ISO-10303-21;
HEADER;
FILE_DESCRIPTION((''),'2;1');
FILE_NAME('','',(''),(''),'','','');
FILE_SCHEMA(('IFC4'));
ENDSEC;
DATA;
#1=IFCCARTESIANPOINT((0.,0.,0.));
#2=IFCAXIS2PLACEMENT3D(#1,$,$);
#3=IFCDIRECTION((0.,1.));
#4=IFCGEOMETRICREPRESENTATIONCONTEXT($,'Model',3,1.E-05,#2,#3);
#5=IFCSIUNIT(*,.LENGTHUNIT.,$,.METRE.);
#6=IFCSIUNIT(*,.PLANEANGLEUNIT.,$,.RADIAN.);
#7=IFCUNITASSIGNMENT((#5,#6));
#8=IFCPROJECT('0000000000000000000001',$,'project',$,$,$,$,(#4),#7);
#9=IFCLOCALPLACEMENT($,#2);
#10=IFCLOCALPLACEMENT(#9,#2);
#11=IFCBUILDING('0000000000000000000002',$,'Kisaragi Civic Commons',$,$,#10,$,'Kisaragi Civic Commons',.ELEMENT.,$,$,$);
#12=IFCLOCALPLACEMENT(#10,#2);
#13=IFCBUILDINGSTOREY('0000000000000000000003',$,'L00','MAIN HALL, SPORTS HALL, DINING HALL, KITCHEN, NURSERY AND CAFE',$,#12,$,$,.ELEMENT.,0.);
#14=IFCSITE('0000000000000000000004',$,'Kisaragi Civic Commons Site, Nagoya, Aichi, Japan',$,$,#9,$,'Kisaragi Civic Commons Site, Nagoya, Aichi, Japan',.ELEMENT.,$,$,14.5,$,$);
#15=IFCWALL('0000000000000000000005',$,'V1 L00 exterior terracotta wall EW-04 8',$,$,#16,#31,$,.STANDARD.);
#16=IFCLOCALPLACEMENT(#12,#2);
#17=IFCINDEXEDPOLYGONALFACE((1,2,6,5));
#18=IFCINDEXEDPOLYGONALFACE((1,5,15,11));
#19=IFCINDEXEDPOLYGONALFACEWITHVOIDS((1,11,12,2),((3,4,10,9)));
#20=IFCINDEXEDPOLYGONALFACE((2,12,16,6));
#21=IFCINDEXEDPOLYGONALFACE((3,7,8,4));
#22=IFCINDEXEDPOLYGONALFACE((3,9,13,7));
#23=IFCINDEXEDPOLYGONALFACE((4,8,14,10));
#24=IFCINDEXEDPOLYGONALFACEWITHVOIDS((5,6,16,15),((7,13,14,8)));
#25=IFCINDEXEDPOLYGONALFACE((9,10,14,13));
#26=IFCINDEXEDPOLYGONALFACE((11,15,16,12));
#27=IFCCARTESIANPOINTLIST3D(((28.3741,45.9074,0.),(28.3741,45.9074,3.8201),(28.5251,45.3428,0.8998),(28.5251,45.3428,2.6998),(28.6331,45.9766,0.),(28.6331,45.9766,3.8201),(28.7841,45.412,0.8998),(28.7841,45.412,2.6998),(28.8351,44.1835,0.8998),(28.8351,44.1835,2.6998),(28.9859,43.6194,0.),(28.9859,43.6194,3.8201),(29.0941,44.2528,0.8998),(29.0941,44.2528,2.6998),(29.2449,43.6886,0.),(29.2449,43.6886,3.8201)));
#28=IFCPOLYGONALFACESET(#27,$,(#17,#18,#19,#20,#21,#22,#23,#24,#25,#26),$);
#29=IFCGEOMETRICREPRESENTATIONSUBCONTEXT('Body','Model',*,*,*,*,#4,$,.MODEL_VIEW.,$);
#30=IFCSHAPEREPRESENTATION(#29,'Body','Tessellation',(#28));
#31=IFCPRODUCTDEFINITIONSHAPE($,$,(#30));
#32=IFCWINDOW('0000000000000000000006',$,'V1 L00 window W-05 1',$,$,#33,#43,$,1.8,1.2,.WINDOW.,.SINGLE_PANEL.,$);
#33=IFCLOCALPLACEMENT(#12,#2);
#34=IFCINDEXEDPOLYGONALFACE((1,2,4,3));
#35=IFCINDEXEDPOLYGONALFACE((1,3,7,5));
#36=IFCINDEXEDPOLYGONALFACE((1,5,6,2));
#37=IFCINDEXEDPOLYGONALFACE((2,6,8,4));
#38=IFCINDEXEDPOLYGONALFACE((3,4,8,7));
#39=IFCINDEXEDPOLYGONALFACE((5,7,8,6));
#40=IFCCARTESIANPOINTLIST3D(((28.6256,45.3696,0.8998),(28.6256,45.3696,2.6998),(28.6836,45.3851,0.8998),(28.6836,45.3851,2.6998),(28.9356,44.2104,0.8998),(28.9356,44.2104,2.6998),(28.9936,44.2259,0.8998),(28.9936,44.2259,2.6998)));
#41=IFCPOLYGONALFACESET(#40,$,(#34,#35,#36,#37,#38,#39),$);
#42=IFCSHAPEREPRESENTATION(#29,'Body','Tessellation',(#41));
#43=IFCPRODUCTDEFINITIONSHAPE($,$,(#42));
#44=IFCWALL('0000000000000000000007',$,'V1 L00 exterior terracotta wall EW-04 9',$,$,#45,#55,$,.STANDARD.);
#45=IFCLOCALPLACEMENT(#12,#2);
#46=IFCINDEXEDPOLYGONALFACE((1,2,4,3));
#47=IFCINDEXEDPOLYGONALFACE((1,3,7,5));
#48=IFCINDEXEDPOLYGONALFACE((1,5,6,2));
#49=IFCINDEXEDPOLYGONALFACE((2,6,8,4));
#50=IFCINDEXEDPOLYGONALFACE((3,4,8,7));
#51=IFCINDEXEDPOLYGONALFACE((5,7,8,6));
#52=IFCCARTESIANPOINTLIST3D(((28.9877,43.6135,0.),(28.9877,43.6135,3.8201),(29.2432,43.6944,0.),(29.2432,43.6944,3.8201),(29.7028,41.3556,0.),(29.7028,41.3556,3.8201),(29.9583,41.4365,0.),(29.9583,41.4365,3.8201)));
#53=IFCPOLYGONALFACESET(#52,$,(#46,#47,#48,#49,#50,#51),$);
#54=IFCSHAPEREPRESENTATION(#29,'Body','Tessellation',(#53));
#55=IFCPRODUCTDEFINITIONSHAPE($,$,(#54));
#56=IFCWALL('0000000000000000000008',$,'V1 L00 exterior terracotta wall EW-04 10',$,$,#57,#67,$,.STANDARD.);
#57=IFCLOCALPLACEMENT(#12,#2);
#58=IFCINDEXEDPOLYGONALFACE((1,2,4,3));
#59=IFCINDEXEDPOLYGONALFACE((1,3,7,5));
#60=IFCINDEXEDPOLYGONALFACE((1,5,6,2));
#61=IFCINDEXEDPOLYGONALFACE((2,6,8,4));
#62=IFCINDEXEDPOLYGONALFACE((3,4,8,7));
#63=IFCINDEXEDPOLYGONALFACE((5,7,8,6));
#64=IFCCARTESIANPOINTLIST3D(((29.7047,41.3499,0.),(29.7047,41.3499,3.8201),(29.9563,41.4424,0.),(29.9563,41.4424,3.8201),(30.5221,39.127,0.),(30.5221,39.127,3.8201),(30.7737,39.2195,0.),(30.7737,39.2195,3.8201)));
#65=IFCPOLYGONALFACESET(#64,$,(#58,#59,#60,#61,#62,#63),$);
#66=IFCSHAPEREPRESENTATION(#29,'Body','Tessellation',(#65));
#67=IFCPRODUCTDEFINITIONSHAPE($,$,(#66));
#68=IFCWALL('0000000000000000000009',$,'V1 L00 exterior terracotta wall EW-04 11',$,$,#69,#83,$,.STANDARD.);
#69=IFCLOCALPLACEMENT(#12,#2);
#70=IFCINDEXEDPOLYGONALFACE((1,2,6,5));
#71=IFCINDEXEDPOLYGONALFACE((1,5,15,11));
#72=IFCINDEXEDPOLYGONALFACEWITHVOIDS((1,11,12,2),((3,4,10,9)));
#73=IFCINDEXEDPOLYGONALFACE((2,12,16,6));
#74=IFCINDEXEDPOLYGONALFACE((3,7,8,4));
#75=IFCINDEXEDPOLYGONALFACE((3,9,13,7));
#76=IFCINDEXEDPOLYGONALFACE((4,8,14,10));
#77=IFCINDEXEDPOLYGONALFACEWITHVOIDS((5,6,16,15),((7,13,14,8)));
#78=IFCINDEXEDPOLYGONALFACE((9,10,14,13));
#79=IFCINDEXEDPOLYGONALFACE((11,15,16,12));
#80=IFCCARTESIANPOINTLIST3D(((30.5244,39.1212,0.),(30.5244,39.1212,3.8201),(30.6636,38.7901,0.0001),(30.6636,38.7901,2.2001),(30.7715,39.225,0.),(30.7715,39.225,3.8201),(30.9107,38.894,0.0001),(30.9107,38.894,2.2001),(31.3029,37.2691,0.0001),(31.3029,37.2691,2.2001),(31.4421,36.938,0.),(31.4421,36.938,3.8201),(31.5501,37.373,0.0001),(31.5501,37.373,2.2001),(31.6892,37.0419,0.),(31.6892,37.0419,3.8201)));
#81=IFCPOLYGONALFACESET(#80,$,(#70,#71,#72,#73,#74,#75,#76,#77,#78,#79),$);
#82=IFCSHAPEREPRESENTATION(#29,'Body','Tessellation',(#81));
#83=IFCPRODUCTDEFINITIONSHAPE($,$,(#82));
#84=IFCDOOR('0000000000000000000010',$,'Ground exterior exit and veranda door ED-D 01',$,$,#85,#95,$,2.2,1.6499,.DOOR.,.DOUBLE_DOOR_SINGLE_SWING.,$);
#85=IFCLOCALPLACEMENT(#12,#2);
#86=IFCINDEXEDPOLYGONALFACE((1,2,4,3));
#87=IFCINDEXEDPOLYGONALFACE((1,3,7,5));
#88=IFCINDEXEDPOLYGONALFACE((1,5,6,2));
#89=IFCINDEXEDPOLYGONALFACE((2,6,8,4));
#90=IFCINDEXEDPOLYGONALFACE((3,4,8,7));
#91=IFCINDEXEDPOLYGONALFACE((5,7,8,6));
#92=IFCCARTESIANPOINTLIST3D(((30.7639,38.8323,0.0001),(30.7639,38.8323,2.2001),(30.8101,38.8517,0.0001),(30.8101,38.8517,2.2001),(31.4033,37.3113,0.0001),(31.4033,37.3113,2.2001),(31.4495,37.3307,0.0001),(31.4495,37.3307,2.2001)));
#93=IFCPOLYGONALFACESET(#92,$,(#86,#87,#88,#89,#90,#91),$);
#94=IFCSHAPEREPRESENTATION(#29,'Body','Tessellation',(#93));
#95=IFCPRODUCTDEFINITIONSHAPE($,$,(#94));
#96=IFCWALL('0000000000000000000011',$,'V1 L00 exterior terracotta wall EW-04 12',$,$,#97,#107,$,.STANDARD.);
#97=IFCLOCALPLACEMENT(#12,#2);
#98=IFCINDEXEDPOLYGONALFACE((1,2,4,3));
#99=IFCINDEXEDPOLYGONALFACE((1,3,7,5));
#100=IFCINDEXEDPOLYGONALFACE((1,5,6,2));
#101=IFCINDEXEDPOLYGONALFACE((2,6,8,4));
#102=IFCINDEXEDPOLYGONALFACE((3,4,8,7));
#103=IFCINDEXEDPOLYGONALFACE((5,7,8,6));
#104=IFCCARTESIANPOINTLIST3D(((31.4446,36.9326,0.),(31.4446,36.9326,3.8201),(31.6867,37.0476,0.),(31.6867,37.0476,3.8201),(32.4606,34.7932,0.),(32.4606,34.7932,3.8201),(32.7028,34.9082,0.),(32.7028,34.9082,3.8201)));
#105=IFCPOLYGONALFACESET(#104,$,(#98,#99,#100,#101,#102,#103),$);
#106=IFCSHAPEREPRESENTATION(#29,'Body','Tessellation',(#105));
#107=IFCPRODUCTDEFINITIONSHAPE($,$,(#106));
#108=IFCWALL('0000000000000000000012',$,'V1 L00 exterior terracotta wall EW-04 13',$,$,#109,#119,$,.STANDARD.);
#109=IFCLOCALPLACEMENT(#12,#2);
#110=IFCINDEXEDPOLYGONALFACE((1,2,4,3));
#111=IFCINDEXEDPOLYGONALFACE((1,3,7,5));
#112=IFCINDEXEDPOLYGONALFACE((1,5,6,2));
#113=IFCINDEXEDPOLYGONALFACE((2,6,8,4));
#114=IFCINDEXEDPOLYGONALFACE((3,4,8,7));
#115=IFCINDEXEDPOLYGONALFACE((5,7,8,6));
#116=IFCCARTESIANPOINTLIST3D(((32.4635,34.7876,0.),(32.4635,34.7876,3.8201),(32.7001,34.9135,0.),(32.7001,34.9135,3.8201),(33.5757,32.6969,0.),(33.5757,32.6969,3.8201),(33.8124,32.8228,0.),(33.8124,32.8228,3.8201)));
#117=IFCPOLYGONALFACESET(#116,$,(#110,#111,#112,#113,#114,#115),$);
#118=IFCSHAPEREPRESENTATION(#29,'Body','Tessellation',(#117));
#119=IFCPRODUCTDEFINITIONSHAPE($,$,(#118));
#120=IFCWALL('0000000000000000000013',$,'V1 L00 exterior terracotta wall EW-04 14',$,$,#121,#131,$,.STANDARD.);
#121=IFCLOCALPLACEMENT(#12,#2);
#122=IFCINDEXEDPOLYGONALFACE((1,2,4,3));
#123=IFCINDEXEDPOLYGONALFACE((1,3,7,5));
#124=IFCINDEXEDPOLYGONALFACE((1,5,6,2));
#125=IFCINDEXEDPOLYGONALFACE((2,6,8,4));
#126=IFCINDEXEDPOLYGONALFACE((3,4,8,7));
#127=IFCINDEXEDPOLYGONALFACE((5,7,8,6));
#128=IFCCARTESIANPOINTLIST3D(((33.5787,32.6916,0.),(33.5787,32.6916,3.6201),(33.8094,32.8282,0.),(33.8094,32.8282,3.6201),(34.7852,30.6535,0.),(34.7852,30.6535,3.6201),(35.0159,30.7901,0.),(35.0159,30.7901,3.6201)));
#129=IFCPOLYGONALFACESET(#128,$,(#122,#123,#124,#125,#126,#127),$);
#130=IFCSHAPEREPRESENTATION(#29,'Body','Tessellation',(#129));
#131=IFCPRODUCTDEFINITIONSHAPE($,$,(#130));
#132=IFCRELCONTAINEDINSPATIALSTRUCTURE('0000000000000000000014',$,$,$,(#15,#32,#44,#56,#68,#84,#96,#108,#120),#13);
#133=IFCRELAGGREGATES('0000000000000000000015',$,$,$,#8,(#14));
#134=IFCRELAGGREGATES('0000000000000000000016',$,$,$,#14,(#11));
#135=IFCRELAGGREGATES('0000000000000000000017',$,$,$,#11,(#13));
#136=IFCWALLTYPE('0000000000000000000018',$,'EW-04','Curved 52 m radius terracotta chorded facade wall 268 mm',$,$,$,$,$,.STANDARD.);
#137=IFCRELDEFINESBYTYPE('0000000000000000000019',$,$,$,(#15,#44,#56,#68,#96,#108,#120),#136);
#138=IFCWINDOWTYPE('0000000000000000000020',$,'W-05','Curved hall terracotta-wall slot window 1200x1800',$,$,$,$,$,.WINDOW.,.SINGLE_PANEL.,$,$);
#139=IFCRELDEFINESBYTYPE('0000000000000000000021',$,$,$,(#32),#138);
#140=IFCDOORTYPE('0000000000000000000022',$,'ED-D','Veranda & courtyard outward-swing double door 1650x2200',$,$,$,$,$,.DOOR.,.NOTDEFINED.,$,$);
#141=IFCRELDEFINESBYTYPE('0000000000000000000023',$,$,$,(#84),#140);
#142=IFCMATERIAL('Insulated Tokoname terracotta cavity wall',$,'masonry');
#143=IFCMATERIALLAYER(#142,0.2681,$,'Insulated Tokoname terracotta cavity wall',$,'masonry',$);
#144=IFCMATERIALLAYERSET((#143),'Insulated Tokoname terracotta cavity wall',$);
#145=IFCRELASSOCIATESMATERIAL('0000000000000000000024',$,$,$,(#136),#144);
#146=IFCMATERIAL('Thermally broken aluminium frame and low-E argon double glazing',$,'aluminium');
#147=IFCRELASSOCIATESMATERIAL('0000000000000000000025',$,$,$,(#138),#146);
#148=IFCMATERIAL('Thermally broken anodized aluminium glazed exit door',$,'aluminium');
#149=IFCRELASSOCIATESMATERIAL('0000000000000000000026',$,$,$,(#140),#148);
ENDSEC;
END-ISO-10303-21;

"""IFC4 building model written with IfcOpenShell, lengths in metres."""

from ifc_helpers import new_model, si_unit, direction, frame, frame_2d, origin, place, context, subcontext, project, spatial, rectangle, extrude, material, layer, layer_set, type_object, element, fill, save


model = new_model("IFC4")

# Units and contexts
model_context = context("Model", 3, precision=1e-05, world=origin(), true_north=direction((0.0, 1.0)))
body_context = subcontext(model_context, "Body", "Model", "MODEL_VIEW")
ifc_project = project(units=[si_unit("LENGTHUNIT", "METRE"), si_unit("PLANEANGLEUNIT", "RADIAN")], contexts=[model_context])

# Site, building, storey
site_placement = place(None, origin())
site = spatial("IfcSite", under=ifc_project, at=site_placement, Name="Kisaragi Civic Commons Site, Nagoya, Aichi, Japan", LongName="Kisaragi Civic Commons Site, Nagoya, Aichi, Japan", CompositionType="ELEMENT", RefElevation=14.5)
building_placement = place(site_placement, origin())
building = spatial("IfcBuilding", under=site, at=building_placement, Name="Kisaragi Civic Commons", LongName="Kisaragi Civic Commons", CompositionType="ELEMENT")
storey_placement = place(building_placement, origin())
storey = spatial("IfcBuildingStorey", under=building, at=storey_placement, Name="L00", Description="MAIN HALL, SPORTS HALL, DINING HALL, KITCHEN, NURSERY AND CAFE", CompositionType="ELEMENT", Elevation=0.0)

# Wall, opening, window
ifc_material_1 = material(Name="Insulated Tokoname terracotta cavity wall", Category="masonry")
ifc_layer_1 = layer(ifc_material_1, 0.2681, Name="Insulated Tokoname terracotta cavity wall", Category="masonry")
ifc_layer_set_1 = layer_set([ifc_layer_1], Name="Insulated Tokoname terracotta cavity wall")
wall_type = type_object("IfcWallType", Name="EW-04", Description="Curved 52 m radius terracotta chorded facade wall 268 mm", PredefinedType="STANDARD", material=ifc_layer_set_1)
wall_1_placement = place(storey_placement, frame((28.5037, 45.9419, 0.0), z_axis=(0.0, 0.0, 1.0), x_axis=(0.258317, -0.96606, 0.0)))
wall_1 = element("IfcWall", 1, at=wall_1_placement, inside=storey, type_object=wall_type, Name="V1 L00 exterior terracotta wall EW-04 8", PredefinedType="STANDARD", context=body_context, shape_type="SweptSolid", body=[
    extrude(rectangle(XDim=2.3684, YDim=0.2681, at=frame_2d((1.1841, 0.0))), origin(), (0.0, 0.0, 1.0), 3.8201),
])
opening_1_placement = place(wall_1_placement, frame((0.5842, 0.0, 0.8999)))
opening_1 = element("IfcOpeningElement", 2, at=opening_1_placement, cuts=wall_1, PredefinedType="OPENING", context=body_context, shape_type="SweptSolid", body=[
    extrude(rectangle(XDim=1.2, YDim=1.8, at=frame_2d((0.6001, 0.8999))), frame((0.0, 0.144, 0.0), z_axis=(0.0, -1.0, 0.0), x_axis=(1.0, 0.0, 0.0)), (0.0, 0.0, 1.0), 0.2881),
])
ifc_material_2 = material(Name="Thermally broken aluminium frame and low-E argon double glazing", Category="aluminium")
window_type = type_object("IfcWindowType", Name="W-05", Description="Curved hall terracotta-wall slot window 1200x1800", PartitioningType="SINGLE_PANEL", PredefinedType="WINDOW", material=ifc_material_2)
window_placement = place(opening_1_placement, origin())
window = element("IfcWindow", 3, at=window_placement, inside=storey, type_object=window_type, Name="V1 L00 window W-05 1", OverallHeight=1.8, OverallWidth=1.2, PartitioningType="SINGLE_PANEL", PredefinedType="WINDOW", context=body_context, shape_type="SweptSolid", body=[
    extrude(rectangle(XDim=1.2, YDim=1.8, at=frame_2d((0.6001, 0.8999))), frame((0.0, 0.03, 0.0), z_axis=(0.0, -1.0, 0.0), x_axis=(1.0, 0.0, 0.0)), (0.0, 0.0, 1.0), 0.0601),
])
fill(opening_1, window)

# Walls
for number, where, z_axis, x_axis, name in (
    (4, (29.1155, 43.6538, 0.0), (0.0, 0.0, 1.0), (0.301935, -0.953328, 0.0), "V1 L00 exterior terracotta wall EW-04 9"),
    (5, (29.8306, 41.396, 0.0), (0.0, 0.0, 1.0), (0.345118, -0.938559, 0.0), "V1 L00 exterior terracotta wall EW-04 10"),
):
    element("IfcWall", number, at=place(storey_placement, frame(where, z_axis=z_axis, x_axis=x_axis)), inside=storey, type_object=wall_type, Name=name, PredefinedType="STANDARD", context=body_context, shape_type="SweptSolid", body=[
        extrude(rectangle(XDim=2.3684, YDim=0.2681, at=frame_2d((1.1841, 0.0))), origin(), (0.0, 0.0, 1.0), 3.8201),
    ])

# Wall, opening, door
wall_2_placement = place(storey_placement, frame((30.6479, 39.1731, 0.0), z_axis=(0.0, 0.0, 1.0), x_axis=(0.387527, -0.921858, 0.0)))
wall_2 = element("IfcWall", 6, at=wall_2_placement, inside=storey, type_object=wall_type, Name="V1 L00 exterior terracotta wall EW-04 11", PredefinedType="STANDARD", context=body_context, shape_type="SweptSolid", body=[
    extrude(rectangle(XDim=2.3682, YDim=0.2681, at=frame_2d((1.1841, 0.0))), origin(), (0.0, 0.0, 1.0), 3.8201),
])
opening_2_placement = place(wall_2_placement, frame((0.3591, 0.0, 0.0)))
opening_2 = element("IfcOpeningElement", 7, at=opening_2_placement, cuts=wall_2, PredefinedType="OPENING", context=body_context, shape_type="SweptSolid", body=[
    extrude(rectangle(XDim=1.6499, YDim=2.2, at=frame_2d((0.825, 1.1001))), frame((0.0, 0.144, 0.0), z_axis=(0.0, -1.0, 0.0), x_axis=(1.0, 0.0, 0.0)), (0.0, 0.0, 1.0), 0.2881),
])
ifc_material_3 = material(Name="Thermally broken anodized aluminium glazed exit door", Category="aluminium")
door_type = type_object("IfcDoorType", Name="ED-D", Description="Veranda & courtyard outward-swing double door 1650x2200", OperationType="NOTDEFINED", PredefinedType="DOOR", material=ifc_material_3)
door_placement = place(opening_2_placement, origin())
door = element("IfcDoor", 8, at=door_placement, inside=storey, type_object=door_type, Name="Ground exterior exit and veranda door ED-D 01", OperationType="DOUBLE_DOOR_SINGLE_SWING", OverallHeight=2.2, OverallWidth=1.6499, PredefinedType="DOOR", context=body_context, shape_type="SweptSolid", body=[
    extrude(rectangle(XDim=1.6499, YDim=2.2, at=frame_2d((0.825, 1.1001))), frame((0.0, 0.0249, 0.0), z_axis=(0.0, -1.0, 0.0), x_axis=(1.0, 0.0, 0.0)), (0.0, 0.0, 1.0), 0.05),
])
fill(opening_2, door)

# Walls
wall_3_placement = place(storey_placement, frame((31.5657, 36.99, 0.0), z_axis=(0.0, 0.0, 1.0), x_axis=(0.429021, -0.903294, 0.0)))
element("IfcWall", 9, at=wall_3_placement, inside=storey, type_object=wall_type, Name="V1 L00 exterior terracotta wall EW-04 12", PredefinedType="STANDARD", context=body_context, shape_type="SweptSolid", body=[
    extrude(rectangle(XDim=2.3684, YDim=0.2681, at=frame_2d((1.1841, 0.0))), origin(), (0.0, 0.0, 1.0), 3.8201),
])
wall_4_placement = place(storey_placement, frame((32.5818, 34.8506, 0.0), z_axis=(0.0, 0.0, 1.0), x_axis=(0.469668, -0.882843, 0.0)))
element("IfcWall", 10, at=wall_4_placement, inside=storey, type_object=wall_type, Name="V1 L00 exterior terracotta wall EW-04 13", PredefinedType="STANDARD", context=body_context, shape_type="SweptSolid", body=[
    extrude(rectangle(XDim=2.3682, YDim=0.2681, at=frame_2d((1.1841, 0.0))), origin(), (0.0, 0.0, 1.0), 3.8201),
])
wall_5_placement = place(storey_placement, frame((33.6941, 32.7598, 0.0), z_axis=(0.0, 0.0, 1.0), x_axis=(0.509424, -0.860516, 0.0)))
element("IfcWall", 11, at=wall_5_placement, inside=storey, type_object=wall_type, Name="V1 L00 exterior terracotta wall EW-04 14", PredefinedType="STANDARD", context=body_context, shape_type="SweptSolid", body=[
    extrude(rectangle(XDim=2.3684, YDim=0.2681, at=frame_2d((1.1841, 0.0))), origin(), (0.0, 0.0, 1.0), 3.6201),
])

save(model, "model.ifc")
